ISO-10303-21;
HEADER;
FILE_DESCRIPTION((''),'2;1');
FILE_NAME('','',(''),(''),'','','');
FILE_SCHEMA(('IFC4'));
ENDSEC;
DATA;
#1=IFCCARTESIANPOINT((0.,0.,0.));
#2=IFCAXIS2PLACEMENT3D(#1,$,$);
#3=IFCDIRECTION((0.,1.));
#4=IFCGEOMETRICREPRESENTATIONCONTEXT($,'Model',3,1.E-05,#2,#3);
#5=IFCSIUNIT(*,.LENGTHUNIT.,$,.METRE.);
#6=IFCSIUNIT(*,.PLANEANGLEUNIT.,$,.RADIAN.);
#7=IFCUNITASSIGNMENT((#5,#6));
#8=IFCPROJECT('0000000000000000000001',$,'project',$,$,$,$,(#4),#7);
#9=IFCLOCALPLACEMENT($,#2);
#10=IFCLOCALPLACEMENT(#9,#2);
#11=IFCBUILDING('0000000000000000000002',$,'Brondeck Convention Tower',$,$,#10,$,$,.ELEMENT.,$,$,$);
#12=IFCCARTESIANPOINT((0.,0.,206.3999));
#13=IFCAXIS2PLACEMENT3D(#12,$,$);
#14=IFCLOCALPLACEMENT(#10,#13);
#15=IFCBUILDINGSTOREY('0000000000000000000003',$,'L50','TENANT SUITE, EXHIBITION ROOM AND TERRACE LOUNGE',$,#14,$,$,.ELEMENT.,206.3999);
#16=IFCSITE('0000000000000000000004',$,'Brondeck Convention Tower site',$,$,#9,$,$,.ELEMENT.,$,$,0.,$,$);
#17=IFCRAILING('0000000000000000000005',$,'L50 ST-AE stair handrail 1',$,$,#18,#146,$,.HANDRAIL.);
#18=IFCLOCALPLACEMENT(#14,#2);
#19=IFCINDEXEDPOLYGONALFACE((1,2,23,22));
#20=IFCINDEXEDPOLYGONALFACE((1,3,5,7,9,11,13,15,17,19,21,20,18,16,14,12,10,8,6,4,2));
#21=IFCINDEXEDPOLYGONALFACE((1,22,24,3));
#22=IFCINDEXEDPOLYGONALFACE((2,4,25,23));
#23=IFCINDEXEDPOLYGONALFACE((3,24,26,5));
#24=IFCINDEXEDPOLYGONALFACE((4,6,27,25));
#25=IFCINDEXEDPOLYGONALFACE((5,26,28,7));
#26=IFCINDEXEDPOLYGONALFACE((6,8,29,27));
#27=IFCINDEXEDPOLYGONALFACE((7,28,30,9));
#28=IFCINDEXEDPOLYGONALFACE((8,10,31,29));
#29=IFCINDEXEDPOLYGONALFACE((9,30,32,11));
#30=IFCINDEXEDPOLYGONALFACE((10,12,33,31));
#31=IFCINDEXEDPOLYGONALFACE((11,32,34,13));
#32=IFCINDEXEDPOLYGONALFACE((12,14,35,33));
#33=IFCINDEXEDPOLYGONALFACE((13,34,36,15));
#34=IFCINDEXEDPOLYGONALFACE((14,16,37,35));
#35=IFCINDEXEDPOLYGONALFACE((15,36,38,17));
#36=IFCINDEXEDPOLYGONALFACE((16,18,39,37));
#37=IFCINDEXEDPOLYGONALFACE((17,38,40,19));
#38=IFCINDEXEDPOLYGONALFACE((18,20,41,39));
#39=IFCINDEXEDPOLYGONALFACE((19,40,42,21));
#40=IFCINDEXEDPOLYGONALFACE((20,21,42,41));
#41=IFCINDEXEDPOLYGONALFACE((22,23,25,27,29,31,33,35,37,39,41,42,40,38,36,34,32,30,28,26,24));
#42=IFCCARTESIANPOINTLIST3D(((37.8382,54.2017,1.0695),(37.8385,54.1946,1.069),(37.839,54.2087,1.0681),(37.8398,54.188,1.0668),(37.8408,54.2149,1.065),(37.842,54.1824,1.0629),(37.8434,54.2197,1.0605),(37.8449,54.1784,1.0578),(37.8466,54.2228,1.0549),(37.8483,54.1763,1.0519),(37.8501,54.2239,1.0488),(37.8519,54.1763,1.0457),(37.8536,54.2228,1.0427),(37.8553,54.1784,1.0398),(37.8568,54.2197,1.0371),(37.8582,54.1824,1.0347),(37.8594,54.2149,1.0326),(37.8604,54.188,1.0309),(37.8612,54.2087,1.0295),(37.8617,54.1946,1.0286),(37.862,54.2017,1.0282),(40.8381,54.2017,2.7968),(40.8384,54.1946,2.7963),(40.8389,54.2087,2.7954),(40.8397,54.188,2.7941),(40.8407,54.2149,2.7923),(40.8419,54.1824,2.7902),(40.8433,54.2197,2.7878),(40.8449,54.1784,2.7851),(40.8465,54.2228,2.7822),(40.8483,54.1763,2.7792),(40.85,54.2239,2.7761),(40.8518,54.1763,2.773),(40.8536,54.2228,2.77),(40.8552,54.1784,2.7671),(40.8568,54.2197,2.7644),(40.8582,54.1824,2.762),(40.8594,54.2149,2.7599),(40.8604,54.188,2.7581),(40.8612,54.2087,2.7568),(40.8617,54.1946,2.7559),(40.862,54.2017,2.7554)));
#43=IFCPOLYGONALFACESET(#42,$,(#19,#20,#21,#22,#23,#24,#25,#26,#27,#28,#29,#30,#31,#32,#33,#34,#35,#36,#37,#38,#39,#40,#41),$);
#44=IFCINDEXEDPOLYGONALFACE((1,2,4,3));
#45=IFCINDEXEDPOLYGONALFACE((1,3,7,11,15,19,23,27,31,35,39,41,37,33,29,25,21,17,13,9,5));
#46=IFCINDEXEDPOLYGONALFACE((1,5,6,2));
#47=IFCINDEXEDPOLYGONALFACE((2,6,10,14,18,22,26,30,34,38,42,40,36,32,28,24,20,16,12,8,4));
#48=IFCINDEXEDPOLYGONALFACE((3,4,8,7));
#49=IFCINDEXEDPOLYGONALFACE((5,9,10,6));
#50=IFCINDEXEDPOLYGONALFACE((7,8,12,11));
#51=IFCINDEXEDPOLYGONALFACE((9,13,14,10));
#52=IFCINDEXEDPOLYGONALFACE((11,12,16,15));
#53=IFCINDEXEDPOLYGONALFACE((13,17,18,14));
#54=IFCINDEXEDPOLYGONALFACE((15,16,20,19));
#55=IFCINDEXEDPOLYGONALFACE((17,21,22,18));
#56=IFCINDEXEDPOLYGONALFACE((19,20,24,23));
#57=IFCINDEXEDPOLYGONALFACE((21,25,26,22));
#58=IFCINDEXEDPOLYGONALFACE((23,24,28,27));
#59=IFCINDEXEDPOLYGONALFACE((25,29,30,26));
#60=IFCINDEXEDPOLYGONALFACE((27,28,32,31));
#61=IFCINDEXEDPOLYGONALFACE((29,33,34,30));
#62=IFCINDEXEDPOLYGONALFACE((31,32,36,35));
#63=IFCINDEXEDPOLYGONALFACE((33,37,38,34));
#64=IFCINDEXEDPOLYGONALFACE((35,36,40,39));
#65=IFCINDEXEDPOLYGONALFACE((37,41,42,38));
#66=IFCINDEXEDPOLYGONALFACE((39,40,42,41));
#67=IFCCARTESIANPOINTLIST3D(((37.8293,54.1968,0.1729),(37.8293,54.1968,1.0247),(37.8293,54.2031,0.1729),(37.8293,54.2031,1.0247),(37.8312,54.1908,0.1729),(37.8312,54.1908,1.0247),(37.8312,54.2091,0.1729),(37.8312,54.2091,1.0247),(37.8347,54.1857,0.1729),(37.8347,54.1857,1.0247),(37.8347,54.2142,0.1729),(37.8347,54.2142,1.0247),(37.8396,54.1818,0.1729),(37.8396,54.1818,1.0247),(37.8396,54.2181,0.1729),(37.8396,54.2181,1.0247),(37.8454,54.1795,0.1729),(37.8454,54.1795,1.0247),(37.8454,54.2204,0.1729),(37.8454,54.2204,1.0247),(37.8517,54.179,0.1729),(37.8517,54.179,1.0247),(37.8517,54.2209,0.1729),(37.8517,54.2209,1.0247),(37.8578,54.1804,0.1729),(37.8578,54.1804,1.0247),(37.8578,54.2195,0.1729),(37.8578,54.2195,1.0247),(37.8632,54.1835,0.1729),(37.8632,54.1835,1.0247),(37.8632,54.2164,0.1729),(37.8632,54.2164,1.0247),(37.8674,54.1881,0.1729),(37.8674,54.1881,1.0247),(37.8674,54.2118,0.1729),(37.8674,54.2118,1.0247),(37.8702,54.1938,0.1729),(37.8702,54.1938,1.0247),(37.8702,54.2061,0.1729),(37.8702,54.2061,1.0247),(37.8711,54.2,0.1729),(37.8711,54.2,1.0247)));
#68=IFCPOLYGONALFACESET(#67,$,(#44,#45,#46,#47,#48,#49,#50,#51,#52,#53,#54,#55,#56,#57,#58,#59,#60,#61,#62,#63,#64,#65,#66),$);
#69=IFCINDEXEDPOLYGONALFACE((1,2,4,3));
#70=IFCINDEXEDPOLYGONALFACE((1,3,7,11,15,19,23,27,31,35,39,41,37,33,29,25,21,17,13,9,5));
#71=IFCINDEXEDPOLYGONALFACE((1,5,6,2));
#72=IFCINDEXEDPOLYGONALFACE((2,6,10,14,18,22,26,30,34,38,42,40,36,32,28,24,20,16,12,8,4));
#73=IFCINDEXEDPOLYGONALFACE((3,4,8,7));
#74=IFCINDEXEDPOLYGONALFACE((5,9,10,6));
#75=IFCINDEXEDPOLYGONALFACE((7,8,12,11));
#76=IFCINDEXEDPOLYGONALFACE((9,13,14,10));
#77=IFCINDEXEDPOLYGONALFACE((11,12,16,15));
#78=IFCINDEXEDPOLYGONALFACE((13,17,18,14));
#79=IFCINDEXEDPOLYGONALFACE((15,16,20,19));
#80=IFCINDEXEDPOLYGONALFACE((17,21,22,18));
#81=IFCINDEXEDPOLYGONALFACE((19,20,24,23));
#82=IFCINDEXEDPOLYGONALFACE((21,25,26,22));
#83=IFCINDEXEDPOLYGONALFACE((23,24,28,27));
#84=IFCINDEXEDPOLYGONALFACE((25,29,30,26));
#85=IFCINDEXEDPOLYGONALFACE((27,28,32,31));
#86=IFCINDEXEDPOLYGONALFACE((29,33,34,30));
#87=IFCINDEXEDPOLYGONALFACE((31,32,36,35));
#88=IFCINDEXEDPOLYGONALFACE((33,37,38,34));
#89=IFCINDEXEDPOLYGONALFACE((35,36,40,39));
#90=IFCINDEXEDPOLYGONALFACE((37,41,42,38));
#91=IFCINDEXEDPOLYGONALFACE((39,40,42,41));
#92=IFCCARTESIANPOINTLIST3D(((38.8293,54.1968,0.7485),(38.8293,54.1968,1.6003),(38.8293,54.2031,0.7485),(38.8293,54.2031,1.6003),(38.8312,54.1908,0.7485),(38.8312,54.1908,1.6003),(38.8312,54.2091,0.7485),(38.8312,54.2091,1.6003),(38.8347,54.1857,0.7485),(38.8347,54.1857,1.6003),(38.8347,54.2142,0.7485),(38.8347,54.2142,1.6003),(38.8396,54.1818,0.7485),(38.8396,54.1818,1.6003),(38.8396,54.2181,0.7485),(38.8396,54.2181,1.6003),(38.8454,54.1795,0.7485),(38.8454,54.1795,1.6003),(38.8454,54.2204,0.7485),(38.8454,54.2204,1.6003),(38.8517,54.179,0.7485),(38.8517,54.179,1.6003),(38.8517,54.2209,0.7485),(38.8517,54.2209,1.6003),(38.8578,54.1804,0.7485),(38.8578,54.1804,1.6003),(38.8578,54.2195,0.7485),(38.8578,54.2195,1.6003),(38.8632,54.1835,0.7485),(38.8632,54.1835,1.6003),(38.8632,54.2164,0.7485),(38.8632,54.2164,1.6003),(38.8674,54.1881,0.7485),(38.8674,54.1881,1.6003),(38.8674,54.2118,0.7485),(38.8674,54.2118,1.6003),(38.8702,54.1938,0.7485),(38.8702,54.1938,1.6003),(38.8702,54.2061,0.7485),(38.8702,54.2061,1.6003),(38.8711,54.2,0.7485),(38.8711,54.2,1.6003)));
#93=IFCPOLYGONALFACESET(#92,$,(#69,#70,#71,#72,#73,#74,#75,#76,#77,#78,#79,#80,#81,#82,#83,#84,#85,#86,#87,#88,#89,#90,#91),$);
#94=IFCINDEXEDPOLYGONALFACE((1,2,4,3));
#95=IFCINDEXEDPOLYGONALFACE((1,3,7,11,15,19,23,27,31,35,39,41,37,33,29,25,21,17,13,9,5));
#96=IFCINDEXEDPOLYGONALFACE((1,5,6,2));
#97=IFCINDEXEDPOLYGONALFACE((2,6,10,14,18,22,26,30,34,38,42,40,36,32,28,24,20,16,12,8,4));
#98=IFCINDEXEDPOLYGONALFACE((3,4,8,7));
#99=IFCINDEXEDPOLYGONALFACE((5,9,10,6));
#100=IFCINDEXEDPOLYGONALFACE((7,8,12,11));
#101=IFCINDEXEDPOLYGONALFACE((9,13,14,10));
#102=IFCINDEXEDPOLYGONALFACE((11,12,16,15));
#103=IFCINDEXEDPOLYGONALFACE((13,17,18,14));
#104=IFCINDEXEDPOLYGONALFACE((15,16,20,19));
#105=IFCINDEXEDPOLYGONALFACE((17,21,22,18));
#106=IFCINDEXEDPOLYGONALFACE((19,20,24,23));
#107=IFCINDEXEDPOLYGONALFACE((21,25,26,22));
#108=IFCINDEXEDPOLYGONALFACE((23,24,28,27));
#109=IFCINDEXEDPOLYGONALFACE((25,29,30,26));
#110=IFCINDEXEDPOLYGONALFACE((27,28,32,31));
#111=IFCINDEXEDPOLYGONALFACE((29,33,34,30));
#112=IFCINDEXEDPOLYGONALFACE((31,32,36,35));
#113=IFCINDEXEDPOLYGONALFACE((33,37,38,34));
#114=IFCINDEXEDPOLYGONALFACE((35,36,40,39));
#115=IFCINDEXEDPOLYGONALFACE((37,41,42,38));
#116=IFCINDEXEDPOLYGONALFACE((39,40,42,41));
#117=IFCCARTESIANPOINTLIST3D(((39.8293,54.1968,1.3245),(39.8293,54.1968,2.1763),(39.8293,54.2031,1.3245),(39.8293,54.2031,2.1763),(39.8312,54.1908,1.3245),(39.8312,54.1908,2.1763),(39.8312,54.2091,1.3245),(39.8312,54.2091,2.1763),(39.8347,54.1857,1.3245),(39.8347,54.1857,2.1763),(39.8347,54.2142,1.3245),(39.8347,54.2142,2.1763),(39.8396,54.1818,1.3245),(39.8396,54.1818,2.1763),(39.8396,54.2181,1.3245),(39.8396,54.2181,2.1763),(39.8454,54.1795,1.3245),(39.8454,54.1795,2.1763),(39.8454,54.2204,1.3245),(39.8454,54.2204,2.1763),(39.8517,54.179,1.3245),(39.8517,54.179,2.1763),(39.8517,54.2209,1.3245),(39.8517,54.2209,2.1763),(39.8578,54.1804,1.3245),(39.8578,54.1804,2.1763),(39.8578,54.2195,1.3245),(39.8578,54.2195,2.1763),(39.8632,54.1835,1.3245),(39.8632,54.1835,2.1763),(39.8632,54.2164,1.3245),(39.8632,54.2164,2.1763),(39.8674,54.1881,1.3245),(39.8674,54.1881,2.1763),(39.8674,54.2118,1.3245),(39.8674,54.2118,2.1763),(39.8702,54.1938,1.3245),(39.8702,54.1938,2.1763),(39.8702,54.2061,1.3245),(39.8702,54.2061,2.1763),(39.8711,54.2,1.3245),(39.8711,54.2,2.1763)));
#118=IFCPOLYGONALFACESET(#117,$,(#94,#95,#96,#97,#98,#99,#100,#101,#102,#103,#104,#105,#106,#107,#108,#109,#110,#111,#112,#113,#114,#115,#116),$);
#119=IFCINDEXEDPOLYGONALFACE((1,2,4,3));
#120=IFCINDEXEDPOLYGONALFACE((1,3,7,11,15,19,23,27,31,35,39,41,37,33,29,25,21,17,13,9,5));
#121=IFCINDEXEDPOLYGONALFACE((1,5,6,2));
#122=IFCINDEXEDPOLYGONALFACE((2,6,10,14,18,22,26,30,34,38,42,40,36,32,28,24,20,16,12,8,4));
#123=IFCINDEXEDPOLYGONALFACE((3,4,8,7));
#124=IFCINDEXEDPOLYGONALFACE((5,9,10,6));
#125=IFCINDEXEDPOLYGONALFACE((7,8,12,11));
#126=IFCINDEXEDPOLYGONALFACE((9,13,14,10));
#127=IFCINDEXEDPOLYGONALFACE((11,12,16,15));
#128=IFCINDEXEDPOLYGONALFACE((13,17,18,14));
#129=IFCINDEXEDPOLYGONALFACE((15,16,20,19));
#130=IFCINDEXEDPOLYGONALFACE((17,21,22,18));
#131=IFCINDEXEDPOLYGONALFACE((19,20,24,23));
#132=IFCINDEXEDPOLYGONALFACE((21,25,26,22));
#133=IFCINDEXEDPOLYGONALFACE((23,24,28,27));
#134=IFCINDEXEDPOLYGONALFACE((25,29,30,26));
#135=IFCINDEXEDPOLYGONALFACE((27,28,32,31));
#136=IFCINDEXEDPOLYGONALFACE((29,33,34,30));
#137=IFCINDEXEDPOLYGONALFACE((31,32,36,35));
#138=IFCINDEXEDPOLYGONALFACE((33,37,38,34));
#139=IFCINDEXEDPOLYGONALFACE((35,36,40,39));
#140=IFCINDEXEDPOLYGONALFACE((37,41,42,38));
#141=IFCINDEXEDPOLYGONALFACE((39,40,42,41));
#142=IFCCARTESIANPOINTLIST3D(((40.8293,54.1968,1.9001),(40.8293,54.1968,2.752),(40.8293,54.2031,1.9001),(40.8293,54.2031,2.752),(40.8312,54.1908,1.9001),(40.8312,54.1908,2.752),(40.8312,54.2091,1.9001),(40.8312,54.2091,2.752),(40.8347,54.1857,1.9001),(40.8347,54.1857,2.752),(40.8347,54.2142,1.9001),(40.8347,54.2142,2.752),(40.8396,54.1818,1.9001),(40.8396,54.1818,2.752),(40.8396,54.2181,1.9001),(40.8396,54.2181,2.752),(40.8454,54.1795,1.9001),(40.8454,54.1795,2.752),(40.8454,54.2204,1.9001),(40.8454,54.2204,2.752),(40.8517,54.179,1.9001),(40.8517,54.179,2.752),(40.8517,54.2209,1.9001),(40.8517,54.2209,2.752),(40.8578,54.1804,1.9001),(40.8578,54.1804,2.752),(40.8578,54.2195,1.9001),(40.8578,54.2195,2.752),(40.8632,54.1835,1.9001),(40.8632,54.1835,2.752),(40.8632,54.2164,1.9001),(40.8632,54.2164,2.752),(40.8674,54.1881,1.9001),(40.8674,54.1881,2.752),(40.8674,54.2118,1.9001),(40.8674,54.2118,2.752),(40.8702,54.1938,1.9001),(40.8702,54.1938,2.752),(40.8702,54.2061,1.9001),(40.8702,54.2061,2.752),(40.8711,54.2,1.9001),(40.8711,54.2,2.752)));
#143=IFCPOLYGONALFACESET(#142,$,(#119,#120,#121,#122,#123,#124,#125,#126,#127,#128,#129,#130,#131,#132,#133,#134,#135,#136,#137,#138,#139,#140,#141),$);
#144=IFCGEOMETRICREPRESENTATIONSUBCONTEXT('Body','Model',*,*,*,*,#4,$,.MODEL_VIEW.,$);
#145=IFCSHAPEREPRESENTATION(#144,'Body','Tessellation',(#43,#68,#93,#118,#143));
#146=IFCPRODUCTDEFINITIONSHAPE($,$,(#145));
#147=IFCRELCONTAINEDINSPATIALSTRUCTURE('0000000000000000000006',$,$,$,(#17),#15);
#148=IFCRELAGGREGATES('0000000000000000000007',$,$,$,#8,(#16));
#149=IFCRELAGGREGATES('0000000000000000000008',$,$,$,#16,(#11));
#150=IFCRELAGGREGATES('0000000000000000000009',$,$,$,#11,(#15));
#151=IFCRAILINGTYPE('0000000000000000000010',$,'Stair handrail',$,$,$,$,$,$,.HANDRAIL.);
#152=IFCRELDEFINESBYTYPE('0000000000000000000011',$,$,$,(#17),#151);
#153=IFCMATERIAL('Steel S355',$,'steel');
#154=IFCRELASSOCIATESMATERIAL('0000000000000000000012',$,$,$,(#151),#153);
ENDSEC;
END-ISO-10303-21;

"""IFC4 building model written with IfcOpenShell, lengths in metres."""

from ifc_helpers import new_model, si_unit, direction, frame, origin, origin_2d, place, context, subcontext, project, spatial, circle, extrude, material, type_object, element, save


model = new_model("IFC4")

# Units and contexts
model_context = context("Model", 3, precision=1e-05, world=origin(), true_north=direction((0.0, 1.0)))
body_context = subcontext(model_context, "Body", "Model", "MODEL_VIEW")
ifc_project = project(units=[si_unit("LENGTHUNIT", "METRE"), si_unit("PLANEANGLEUNIT", "RADIAN")], contexts=[model_context])

# Site, building, storey
site_placement = place(None, origin())
site = spatial("IfcSite", under=ifc_project, at=site_placement, Name="Brondeck Convention Tower site", CompositionType="ELEMENT", RefElevation=0.0)
building_placement = place(site_placement, origin())
building = spatial("IfcBuilding", under=site, at=building_placement, Name="Brondeck Convention Tower", CompositionType="ELEMENT")
storey_placement = place(building_placement, frame((0.0, 0.0, 206.3999)))
storey = spatial("IfcBuildingStorey", under=building, at=storey_placement, Name="L50", Description="TENANT SUITE, EXHIBITION ROOM AND TERRACE LOUNGE", CompositionType="ELEMENT", Elevation=206.3999)

# Shared definitions
ifc_material_1 = material(Name="Steel S355", Category="steel")

# Railing
railing_type = type_object("IfcRailingType", Name="Stair handrail", PredefinedType="HANDRAIL", material=ifc_material_1)
railing_placement = place(storey_placement, frame((37.8501, 54.2, 0.1729)))
element("IfcRailing", 1, at=railing_placement, inside=storey, type_object=railing_type, Name="L50 ST-AE stair handrail 1", PredefinedType="HANDRAIL", context=body_context, shape_type="SweptSolid", body=[
    extrude(circle(Radius=0.0239, at=origin_2d()), frame((0.0, 0.0, 0.876), z_axis=(0.86662, 0.0, 0.498969), x_axis=(0.0, 1.0, 0.0)), (0.0, 0.0, 1.0), 3.4617),
    extrude(circle(Radius=0.021, at=origin_2d()), origin(), (0.0, 0.0, 1.0), 0.8518),
    extrude(circle(Radius=0.021, at=origin_2d()), frame((1.0, 0.0, 0.5757)), (0.0, 0.0, 1.0), 0.8518),
    extrude(circle(Radius=0.021, at=origin_2d()), frame((2.0, 0.0, 1.1516)), (0.0, 0.0, 1.0), 0.8518),
    extrude(circle(Radius=0.021, at=origin_2d()), frame((3.0, 0.0, 1.7273)), (0.0, 0.0, 1.0), 0.8518),
])

save(model, "model.ifc")
